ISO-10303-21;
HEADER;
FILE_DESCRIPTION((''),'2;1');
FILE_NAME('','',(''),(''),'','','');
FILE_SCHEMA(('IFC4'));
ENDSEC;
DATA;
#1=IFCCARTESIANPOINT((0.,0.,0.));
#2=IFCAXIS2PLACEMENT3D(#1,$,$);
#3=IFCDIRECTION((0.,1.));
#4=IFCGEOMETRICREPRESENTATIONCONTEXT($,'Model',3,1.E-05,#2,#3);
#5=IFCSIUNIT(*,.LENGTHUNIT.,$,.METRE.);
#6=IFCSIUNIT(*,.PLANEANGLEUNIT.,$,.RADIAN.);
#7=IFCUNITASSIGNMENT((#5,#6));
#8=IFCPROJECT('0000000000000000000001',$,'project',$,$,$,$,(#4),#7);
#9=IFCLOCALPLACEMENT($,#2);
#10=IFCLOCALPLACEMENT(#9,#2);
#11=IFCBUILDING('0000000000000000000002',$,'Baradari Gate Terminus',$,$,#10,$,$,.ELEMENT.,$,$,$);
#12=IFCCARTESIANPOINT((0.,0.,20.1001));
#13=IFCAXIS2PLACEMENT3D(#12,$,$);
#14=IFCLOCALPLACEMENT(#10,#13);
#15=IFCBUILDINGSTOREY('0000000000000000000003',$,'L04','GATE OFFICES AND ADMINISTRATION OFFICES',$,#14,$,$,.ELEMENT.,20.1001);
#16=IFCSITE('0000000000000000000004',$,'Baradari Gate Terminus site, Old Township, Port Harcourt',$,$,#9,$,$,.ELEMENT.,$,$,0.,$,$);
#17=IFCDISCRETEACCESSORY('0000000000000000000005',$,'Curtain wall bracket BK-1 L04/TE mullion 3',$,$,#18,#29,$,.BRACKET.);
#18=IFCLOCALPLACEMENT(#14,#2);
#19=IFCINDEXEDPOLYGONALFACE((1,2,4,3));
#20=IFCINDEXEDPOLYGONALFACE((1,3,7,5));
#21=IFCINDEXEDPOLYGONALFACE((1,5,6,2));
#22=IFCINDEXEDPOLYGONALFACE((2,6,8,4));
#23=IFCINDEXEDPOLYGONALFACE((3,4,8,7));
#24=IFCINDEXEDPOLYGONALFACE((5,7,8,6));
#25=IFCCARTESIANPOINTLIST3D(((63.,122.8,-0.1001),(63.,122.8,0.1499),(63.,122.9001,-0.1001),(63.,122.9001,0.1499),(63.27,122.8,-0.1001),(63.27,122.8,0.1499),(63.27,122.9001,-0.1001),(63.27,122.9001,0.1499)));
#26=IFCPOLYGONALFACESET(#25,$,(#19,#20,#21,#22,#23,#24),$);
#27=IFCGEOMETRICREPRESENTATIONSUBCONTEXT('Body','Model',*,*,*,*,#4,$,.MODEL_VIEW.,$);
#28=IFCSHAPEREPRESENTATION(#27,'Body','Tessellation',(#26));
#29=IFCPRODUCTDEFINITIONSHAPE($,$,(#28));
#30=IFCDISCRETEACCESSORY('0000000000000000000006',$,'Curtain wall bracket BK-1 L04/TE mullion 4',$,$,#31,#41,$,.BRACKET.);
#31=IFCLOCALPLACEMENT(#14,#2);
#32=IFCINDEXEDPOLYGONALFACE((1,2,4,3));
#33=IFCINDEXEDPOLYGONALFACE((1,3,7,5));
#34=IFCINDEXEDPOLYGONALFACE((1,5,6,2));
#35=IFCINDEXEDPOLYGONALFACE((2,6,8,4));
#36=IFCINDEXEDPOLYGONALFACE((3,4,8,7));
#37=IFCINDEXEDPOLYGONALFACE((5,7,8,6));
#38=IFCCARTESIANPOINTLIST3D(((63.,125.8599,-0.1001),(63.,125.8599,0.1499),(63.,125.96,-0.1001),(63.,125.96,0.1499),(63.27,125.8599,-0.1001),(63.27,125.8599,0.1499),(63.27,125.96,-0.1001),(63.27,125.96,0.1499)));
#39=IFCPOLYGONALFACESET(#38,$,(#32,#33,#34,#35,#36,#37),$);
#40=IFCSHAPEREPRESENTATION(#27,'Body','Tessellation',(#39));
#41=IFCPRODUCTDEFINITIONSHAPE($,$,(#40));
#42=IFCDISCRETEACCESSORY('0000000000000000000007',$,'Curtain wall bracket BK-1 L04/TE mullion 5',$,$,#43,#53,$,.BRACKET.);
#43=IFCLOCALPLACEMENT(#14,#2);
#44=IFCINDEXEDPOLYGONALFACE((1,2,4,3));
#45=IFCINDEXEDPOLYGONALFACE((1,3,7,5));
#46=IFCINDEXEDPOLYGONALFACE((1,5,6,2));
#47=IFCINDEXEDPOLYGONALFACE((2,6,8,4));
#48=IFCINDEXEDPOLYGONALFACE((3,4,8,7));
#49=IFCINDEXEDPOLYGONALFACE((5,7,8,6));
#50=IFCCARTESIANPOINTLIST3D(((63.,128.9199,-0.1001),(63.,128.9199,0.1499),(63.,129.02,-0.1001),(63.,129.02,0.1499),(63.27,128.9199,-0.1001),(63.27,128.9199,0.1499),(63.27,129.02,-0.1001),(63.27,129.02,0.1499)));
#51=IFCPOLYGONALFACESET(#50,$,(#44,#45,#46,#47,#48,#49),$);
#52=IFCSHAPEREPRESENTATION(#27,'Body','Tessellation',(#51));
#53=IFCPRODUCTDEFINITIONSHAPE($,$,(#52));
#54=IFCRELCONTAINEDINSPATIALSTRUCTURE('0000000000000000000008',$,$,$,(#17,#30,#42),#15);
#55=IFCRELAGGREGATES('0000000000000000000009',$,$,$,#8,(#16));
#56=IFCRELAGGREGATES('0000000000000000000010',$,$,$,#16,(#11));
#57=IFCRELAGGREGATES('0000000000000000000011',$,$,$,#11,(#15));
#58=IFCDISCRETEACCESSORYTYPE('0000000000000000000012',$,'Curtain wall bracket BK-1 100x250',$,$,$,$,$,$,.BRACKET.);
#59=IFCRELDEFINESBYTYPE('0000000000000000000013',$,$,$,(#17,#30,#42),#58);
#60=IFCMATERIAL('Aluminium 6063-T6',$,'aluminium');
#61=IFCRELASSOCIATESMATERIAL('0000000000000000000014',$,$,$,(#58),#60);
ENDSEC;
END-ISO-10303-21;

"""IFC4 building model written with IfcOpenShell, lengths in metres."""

from ifc_helpers import new_model, si_unit, direction, frame, origin, origin_2d, place, context, subcontext, project, spatial, rectangle, extrude, material, type_object, element, save


model = new_model("IFC4")

# Units and contexts
model_context = context("Model", 3, precision=1e-05, world=origin(), true_north=direction((0.0, 1.0)))
body_context = subcontext(model_context, "Body", "Model", "MODEL_VIEW")
ifc_project = project(units=[si_unit("LENGTHUNIT", "METRE"), si_unit("PLANEANGLEUNIT", "RADIAN")], contexts=[model_context])

# Site, building, storey
site_placement = place(None, origin())
site = spatial("IfcSite", under=ifc_project, at=site_placement, Name="Baradari Gate Terminus site, Old Township, Port Harcourt", CompositionType="ELEMENT", RefElevation=0.0)
building_placement = place(site_placement, origin())
building = spatial("IfcBuilding", under=site, at=building_placement, Name="Baradari Gate Terminus", CompositionType="ELEMENT")
storey_placement = place(building_placement, frame((0.0, 0.0, 20.1001)))
storey = spatial("IfcBuildingStorey", under=building, at=storey_placement, Name="L04", Description="GATE OFFICES AND ADMINISTRATION OFFICES", CompositionType="ELEMENT", Elevation=20.1001)

# Discrete accessories
ifc_material_1 = material(Name="Aluminium 6063-T6", Category="aluminium")
discrete_accessory_type = type_object("IfcDiscreteAccessoryType", Name="Curtain wall bracket BK-1 100x250", PredefinedType="BRACKET", material=ifc_material_1)
for number, where, z_axis, x_axis, name in (
    (1, (63.135, 122.8501, -0.1001), (0.0, 0.0, 1.0), (1.0, 0.0, 0.0), "Curtain wall bracket BK-1 L04/TE mullion 3"),
    (2, (63.135, 125.9099, -0.1001), (0.0, 0.0, 1.0), (1.0, 0.0, 0.0), "Curtain wall bracket BK-1 L04/TE mullion 4"),
    (3, (63.135, 128.97, -0.1001), (0.0, 0.0, 1.0), (1.0, 0.0, 0.0), "Curtain wall bracket BK-1 L04/TE mullion 5"),
):
    element("IfcDiscreteAccessory", number, at=place(storey_placement, frame(where, z_axis=z_axis, x_axis=x_axis)), inside=storey, type_object=discrete_accessory_type, Name=name, PredefinedType="BRACKET", context=body_context, shape_type="SweptSolid", body=[
        extrude(rectangle(XDim=0.27, YDim=0.1001, at=origin_2d()), origin(), (0.0, 0.0, 1.0), 0.25),
    ])

save(model, "model.ifc")
